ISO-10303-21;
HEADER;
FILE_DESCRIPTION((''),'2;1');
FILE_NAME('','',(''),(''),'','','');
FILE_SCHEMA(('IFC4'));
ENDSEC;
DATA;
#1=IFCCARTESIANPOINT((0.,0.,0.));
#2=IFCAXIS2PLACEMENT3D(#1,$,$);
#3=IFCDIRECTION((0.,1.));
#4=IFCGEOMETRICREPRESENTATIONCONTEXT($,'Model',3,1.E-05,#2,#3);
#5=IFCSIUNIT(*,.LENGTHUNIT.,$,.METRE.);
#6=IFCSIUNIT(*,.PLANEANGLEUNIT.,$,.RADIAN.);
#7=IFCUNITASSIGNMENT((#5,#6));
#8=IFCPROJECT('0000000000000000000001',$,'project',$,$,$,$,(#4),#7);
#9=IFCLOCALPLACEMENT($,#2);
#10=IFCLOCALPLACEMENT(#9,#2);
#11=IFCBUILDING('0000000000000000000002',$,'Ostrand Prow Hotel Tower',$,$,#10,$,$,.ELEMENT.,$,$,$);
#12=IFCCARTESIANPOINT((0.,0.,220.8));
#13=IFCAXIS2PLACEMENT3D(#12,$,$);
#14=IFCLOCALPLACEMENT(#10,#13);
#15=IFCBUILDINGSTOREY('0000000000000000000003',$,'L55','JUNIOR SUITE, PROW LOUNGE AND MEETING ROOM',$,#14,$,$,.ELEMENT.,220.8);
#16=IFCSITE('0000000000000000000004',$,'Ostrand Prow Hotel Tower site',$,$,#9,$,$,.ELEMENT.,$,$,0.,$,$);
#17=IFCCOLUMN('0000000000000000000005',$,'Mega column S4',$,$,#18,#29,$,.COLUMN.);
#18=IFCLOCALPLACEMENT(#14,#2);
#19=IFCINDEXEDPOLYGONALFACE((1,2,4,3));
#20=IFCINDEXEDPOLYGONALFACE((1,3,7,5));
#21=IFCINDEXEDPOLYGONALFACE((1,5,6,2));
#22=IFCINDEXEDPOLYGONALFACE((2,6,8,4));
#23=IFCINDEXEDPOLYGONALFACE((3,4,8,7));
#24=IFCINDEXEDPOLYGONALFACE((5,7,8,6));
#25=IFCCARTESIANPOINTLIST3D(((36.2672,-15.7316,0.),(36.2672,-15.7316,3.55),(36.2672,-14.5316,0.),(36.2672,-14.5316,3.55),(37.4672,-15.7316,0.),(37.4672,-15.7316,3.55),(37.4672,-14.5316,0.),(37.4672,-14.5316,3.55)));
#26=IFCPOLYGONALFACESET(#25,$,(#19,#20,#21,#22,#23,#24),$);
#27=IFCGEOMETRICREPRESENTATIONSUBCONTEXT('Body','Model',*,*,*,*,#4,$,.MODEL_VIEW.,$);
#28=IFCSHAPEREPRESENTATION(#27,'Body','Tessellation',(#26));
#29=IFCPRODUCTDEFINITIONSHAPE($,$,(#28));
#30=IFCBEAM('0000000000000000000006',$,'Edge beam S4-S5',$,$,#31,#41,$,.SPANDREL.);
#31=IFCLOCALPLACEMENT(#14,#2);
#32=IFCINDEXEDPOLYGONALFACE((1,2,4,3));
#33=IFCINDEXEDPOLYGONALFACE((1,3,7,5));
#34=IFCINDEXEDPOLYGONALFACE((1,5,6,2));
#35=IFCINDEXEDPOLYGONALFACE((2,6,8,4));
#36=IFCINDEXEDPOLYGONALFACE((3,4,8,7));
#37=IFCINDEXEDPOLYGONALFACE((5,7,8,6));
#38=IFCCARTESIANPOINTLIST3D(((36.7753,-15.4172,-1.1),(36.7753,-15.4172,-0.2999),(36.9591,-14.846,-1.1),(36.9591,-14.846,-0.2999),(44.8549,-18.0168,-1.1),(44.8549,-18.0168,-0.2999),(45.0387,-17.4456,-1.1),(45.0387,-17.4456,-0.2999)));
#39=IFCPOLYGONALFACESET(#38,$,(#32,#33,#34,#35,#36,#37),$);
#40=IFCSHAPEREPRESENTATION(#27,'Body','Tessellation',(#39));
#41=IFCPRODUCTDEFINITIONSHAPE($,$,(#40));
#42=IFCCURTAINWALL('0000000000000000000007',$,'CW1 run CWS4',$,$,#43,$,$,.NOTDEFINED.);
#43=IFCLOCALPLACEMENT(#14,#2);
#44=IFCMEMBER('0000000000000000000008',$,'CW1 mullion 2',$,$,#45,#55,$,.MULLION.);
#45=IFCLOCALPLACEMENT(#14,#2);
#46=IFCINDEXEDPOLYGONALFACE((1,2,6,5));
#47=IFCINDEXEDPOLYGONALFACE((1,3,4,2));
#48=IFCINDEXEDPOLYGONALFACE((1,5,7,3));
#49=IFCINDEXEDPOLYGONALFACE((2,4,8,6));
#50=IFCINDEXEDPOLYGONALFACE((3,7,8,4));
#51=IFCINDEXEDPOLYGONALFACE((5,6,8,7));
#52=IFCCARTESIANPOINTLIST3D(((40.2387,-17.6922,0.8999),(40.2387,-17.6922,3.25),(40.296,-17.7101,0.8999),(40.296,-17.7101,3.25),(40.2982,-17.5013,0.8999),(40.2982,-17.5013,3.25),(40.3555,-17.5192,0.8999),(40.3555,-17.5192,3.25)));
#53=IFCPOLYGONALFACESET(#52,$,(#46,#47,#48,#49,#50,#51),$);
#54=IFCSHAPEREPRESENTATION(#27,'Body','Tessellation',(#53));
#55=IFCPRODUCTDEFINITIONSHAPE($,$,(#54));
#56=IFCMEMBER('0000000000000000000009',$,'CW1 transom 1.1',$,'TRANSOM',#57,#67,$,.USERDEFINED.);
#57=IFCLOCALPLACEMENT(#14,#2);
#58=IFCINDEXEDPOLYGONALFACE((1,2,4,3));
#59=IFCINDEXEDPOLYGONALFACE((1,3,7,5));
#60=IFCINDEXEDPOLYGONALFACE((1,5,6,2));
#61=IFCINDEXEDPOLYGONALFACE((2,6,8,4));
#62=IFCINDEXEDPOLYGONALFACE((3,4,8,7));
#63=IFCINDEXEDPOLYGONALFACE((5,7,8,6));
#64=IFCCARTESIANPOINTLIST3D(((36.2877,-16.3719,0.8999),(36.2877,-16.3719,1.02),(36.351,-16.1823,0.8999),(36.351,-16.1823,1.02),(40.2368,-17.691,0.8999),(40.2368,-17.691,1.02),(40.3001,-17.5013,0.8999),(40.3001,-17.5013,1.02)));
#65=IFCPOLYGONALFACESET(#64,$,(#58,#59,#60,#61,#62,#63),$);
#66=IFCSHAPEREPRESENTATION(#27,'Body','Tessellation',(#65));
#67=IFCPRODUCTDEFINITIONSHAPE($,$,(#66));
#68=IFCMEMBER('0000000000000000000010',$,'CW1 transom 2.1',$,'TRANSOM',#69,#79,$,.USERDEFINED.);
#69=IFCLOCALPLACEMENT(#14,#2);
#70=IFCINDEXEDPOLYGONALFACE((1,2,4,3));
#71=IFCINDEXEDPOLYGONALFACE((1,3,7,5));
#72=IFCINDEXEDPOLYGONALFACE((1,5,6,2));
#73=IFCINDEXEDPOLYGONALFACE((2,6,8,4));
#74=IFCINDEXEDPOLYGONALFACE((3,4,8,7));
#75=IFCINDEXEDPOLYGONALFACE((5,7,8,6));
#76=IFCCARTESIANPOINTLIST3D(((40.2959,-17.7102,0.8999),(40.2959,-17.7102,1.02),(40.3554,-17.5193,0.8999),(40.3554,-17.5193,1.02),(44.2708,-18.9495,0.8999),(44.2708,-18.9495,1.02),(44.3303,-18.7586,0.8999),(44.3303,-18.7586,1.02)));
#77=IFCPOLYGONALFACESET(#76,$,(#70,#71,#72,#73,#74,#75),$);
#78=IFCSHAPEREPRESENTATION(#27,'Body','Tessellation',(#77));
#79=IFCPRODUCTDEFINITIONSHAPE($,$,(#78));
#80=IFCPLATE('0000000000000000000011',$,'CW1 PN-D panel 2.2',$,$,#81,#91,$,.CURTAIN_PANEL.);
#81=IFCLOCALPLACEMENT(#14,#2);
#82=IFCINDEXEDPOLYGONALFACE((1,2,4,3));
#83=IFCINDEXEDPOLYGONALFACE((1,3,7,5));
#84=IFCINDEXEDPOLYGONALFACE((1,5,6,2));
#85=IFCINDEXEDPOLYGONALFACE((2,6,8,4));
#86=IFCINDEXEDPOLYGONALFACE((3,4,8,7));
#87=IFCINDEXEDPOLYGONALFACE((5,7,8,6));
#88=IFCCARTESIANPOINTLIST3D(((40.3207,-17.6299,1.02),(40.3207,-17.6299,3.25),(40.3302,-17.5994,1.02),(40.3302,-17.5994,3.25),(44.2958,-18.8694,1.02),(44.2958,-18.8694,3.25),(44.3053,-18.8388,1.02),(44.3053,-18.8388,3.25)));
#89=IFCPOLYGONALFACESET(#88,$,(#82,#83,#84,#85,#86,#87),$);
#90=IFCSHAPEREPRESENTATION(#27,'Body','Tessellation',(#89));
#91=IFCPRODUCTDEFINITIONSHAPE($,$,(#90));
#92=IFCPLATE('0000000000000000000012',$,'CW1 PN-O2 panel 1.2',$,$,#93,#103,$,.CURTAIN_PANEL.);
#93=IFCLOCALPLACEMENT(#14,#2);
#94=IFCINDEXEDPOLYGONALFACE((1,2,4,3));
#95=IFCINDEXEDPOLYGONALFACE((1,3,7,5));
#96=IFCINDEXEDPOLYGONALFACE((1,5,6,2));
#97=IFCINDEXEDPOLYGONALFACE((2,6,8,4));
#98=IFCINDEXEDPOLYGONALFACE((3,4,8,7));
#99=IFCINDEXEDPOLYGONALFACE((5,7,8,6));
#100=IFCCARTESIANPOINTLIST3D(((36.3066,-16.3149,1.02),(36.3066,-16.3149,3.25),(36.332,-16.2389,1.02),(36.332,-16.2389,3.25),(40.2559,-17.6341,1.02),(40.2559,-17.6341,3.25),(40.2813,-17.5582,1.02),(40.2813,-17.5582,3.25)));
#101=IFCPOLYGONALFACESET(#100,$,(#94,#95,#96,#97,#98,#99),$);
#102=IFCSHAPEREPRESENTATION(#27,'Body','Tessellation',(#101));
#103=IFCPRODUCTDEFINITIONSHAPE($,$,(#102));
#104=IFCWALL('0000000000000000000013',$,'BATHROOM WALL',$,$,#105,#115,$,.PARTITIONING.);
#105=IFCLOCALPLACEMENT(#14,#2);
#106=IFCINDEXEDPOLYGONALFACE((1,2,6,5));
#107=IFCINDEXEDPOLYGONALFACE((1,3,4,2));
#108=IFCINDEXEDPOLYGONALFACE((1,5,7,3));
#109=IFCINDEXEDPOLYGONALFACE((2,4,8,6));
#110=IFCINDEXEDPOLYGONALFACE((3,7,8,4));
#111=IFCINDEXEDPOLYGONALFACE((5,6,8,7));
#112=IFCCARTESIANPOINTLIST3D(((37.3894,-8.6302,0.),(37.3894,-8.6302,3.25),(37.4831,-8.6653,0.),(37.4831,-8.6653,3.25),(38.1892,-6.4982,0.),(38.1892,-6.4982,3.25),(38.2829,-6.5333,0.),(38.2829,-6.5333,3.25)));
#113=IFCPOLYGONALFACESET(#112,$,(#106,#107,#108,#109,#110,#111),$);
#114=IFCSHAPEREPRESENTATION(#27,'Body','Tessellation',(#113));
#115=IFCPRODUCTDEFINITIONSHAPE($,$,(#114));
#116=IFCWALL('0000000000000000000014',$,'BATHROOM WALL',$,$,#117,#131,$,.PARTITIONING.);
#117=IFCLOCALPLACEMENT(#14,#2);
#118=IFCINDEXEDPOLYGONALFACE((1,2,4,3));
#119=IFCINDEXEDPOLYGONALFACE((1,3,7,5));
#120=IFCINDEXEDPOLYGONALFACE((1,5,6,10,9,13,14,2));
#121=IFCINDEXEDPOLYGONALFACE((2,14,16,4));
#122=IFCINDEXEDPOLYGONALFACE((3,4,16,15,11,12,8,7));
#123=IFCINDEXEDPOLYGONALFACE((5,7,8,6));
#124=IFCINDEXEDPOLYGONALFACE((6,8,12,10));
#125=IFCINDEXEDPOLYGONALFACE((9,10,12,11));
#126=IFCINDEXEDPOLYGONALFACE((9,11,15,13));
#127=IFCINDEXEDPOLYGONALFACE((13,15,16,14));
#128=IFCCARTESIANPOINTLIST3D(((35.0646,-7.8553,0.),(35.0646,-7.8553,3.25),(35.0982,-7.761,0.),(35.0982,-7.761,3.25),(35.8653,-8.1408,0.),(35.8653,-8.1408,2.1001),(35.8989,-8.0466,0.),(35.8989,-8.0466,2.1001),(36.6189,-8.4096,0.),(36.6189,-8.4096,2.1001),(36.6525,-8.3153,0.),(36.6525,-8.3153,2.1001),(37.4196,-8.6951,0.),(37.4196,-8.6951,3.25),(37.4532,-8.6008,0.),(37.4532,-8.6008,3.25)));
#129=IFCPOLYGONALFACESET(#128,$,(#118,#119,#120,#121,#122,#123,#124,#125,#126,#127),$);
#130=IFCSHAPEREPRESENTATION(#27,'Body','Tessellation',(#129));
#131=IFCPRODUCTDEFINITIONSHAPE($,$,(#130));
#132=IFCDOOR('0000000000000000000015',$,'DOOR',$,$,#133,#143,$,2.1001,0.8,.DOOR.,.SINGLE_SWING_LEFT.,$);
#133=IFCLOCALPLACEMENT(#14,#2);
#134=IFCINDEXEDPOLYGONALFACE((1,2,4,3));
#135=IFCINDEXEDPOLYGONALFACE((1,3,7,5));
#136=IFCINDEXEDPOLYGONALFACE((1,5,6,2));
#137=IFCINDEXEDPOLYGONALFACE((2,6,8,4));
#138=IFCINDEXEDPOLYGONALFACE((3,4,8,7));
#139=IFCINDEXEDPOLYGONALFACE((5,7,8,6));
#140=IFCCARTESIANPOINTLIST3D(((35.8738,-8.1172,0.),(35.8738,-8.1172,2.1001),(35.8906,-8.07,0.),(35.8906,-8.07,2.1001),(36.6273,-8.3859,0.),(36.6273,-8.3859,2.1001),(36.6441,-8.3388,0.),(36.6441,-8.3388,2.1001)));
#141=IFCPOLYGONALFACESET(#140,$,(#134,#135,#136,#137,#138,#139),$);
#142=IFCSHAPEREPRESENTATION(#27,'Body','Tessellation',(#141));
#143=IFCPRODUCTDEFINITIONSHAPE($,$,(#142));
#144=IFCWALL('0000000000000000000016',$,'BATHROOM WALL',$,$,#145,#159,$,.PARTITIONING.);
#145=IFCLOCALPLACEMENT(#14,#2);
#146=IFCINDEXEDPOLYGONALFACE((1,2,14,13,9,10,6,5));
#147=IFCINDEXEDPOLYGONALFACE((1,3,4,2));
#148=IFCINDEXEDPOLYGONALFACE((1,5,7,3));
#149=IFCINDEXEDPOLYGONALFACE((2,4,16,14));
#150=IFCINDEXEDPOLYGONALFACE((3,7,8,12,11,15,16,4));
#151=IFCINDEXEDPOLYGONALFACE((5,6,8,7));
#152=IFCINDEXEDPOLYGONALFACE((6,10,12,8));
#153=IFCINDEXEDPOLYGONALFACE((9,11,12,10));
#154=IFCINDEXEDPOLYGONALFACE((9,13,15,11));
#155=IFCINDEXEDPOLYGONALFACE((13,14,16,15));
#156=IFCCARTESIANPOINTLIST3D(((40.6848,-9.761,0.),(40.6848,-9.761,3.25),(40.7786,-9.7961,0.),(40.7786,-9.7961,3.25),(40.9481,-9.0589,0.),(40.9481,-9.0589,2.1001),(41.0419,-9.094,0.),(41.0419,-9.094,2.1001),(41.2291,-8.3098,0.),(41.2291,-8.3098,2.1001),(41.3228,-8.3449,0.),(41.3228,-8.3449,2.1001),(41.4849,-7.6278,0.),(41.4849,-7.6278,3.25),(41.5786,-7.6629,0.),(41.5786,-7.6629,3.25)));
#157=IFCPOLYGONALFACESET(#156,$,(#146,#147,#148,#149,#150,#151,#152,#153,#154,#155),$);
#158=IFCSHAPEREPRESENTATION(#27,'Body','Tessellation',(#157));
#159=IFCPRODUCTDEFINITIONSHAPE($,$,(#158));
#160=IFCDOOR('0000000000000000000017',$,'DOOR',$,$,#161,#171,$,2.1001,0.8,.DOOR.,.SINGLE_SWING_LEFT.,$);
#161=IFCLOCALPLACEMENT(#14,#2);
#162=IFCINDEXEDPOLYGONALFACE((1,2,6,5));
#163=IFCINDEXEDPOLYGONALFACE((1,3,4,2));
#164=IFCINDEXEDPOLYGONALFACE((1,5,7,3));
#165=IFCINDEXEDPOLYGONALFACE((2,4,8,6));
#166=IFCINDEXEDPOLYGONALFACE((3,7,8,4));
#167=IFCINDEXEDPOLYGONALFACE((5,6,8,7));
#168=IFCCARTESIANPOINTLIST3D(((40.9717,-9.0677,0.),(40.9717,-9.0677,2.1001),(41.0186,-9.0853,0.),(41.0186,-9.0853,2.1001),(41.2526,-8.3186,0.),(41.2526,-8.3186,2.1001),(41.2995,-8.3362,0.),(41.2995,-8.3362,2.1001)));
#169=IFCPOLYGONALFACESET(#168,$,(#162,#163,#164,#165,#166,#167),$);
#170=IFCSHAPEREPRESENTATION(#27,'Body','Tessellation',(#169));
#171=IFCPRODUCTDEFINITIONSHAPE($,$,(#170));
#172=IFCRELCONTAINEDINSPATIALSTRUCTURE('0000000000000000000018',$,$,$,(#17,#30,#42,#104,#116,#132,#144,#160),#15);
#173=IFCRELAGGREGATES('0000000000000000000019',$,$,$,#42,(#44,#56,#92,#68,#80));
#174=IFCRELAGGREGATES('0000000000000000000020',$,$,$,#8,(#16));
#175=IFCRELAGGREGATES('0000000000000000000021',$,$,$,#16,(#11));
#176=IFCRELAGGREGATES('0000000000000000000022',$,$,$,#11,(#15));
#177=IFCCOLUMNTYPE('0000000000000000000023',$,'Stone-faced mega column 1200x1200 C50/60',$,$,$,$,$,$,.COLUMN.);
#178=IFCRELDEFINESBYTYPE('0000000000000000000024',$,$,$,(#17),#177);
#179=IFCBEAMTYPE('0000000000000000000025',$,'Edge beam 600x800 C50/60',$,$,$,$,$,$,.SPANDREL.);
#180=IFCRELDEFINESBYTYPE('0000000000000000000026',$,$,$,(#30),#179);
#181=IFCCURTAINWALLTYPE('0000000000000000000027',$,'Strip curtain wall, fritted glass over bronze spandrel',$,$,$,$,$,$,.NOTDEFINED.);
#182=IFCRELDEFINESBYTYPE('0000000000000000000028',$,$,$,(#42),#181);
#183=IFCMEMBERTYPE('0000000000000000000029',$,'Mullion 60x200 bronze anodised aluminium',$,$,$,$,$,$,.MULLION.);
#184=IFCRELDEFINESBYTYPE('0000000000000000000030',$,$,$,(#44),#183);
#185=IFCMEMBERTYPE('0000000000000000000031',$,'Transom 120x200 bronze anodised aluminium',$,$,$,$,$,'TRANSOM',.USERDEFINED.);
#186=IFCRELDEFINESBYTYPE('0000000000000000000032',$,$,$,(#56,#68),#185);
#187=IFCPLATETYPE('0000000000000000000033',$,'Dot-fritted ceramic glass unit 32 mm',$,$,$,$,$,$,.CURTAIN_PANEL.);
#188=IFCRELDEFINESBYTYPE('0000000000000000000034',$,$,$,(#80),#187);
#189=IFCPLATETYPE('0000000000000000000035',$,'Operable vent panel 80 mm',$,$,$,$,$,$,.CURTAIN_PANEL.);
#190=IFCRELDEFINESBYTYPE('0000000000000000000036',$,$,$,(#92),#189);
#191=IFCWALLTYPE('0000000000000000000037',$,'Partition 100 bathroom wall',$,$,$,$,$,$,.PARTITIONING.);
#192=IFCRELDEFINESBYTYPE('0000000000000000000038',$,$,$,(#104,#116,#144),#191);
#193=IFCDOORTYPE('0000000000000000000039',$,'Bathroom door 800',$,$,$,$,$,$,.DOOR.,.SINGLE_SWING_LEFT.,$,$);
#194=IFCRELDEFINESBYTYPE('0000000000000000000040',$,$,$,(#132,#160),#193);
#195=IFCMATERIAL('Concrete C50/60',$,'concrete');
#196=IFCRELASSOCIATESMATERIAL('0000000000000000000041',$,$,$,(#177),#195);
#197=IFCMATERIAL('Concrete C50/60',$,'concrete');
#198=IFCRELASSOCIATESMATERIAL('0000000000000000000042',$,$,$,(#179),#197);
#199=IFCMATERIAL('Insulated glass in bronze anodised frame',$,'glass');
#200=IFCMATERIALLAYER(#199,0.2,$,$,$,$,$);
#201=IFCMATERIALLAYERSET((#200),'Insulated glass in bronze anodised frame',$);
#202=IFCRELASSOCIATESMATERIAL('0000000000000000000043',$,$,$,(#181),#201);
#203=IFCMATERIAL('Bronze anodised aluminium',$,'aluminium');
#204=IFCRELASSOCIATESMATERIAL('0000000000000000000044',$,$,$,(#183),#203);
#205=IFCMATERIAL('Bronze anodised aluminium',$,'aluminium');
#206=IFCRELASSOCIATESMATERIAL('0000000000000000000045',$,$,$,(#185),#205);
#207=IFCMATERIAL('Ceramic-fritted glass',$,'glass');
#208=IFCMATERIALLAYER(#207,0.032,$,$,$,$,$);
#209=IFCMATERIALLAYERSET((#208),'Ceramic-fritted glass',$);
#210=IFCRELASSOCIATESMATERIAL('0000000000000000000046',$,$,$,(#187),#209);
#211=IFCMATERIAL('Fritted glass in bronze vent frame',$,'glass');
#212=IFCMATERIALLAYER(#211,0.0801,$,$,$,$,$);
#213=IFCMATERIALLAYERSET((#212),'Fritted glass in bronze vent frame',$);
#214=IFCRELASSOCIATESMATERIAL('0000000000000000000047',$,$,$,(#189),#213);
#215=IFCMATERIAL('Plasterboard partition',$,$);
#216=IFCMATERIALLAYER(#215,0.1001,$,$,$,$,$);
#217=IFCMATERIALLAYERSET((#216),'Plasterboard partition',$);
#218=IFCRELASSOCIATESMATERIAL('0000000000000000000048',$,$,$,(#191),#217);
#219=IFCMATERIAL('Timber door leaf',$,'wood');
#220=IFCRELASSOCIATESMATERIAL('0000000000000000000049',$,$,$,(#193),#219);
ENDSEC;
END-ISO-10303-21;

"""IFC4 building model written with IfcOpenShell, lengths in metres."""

from ifc_helpers import new_model, si_unit, direction, frame, frame_2d, origin, origin_2d, place, context, subcontext, project, spatial, rectangle, extrude, material, layer, layer_set, material_profile, profile_set, type_object, element, fill, aggregate, save


model = new_model("IFC4")

# Units and contexts
model_context = context("Model", 3, precision=1e-05, world=origin(), true_north=direction((0.0, 1.0)))
body_context = subcontext(model_context, "Body", "Model", "MODEL_VIEW")
ifc_project = project(units=[si_unit("LENGTHUNIT", "METRE"), si_unit("PLANEANGLEUNIT", "RADIAN")], contexts=[model_context])

# Site, building, storey
site_placement = place(None, origin())
site = spatial("IfcSite", under=ifc_project, at=site_placement, Name="Ostrand Prow Hotel Tower site", CompositionType="ELEMENT", RefElevation=0.0)
building_placement = place(site_placement, origin())
building = spatial("IfcBuilding", under=site, at=building_placement, Name="Ostrand Prow Hotel Tower", CompositionType="ELEMENT")
storey_placement = place(building_placement, frame((0.0, 0.0, 220.8)))
storey = spatial("IfcBuildingStorey", under=building, at=storey_placement, Name="L55", Description="JUNIOR SUITE, PROW LOUNGE AND MEETING ROOM", CompositionType="ELEMENT", Elevation=220.8)

# Column
ifc_material_1 = material(Name="Concrete C50/60", Category="concrete")
ifc_material_profile_1 = material_profile(ifc_material_1, rectangle(XDim=1.2, YDim=1.2, at=origin_2d()), Name="RC 1200x1200")
ifc_profile_set_1 = profile_set([ifc_material_profile_1], Name="Concrete C50/60")
column_type = type_object("IfcColumnType", Name="Stone-faced mega column 1200x1200 C50/60", PredefinedType="COLUMN", material=ifc_profile_set_1)
column_placement = place(storey_placement, frame((36.8672, -15.1316, 0.0), z_axis=(0.0, 0.0, 1.0), x_axis=(1.0, 0.0, 0.0)))
element("IfcColumn", 1, at=column_placement, inside=storey, type_object=column_type, Name="Mega column S4", PredefinedType="COLUMN", context=body_context, shape_type="SweptSolid", body=[
    extrude(rectangle(XDim=1.2, YDim=1.2, at=origin_2d()), origin(), (0.0, 0.0, 1.0), 3.55),
])

# Beam
ifc_material_2 = material(Name="Concrete C50/60", Category="concrete")
ifc_material_profile_2 = material_profile(ifc_material_2, rectangle(XDim=0.6001, YDim=0.8, at=origin_2d()), Name="RC 600x800")
ifc_profile_set_2 = profile_set([ifc_material_profile_2], Name="Concrete C50/60")
beam_type = type_object("IfcBeamType", Name="Edge beam 600x800 C50/60", PredefinedType="SPANDREL", material=ifc_profile_set_2)
beam_placement = place(storey_placement, frame((36.8672, -15.1316, -0.7), z_axis=(0.951939, -0.306287, 0.0), x_axis=(0.306287, 0.951939, 0.0)))
element("IfcBeam", 2, at=beam_placement, inside=storey, type_object=beam_type, Name="Edge beam S4-S5", PredefinedType="SPANDREL", context=body_context, shape_type="SweptSolid", body=[
    extrude(rectangle(XDim=0.6001, YDim=0.8, at=origin_2d()), origin(), (0.0, 0.0, 1.0), 8.4875),
])

# Curtain wall, members, plates
ifc_material_3 = material(Name="Insulated glass in bronze anodised frame", Category="glass")
ifc_layer_1 = layer(ifc_material_3, 0.2)
ifc_layer_set_1 = layer_set([ifc_layer_1], Name="Insulated glass in bronze anodised frame")
curtain_wall_type = type_object("IfcCurtainWallType", Name="Strip curtain wall, fritted glass over bronze spandrel", PredefinedType="NOTDEFINED", material=ifc_layer_set_1)
curtain_wall_placement = place(storey_placement, origin())
curtain_wall = element("IfcCurtainWall", 3, at=curtain_wall_placement, inside=storey, type_object=curtain_wall_type, Name="CW1 run CWS4", PredefinedType="NOTDEFINED")
ifc_material_4 = material(Name="Bronze anodised aluminium", Category="aluminium")
ifc_material_profile_3 = material_profile(ifc_material_4, rectangle(XDim=0.2, YDim=0.0601, at=origin_2d()), Name="Mullion 60x200 bronze anodised aluminium")
ifc_profile_set_3 = profile_set([ifc_material_profile_3], Name="Bronze anodised aluminium")
member_type_1 = type_object("IfcMemberType", Name="Mullion 60x200 bronze anodised aluminium", PredefinedType="MULLION", material=ifc_profile_set_3)
member_1_placement = place(storey_placement, frame((40.2971, -17.6057, 0.8999), z_axis=(0.0, 0.0, 1.0), x_axis=(0.297678, 0.954666, 0.0)))
member_1 = element("IfcMember", 4, at=member_1_placement, type_object=member_type_1, Name="CW1 mullion 2", PredefinedType="MULLION", context=body_context, shape_type="SweptSolid", body=[
    extrude(rectangle(XDim=0.2, YDim=0.0601, at=origin_2d()), origin(), (0.0, 0.0, 1.0), 2.3501),
])
ifc_material_5 = material(Name="Bronze anodised aluminium", Category="aluminium")
ifc_material_profile_4 = material_profile(ifc_material_5, rectangle(XDim=0.2, YDim=0.1201, at=origin_2d()), Name="Transom 120x200 bronze anodised aluminium")
ifc_profile_set_4 = profile_set([ifc_material_profile_4], Name="Bronze anodised aluminium")
member_type_2 = type_object("IfcMemberType", Name="Transom 120x200 bronze anodised aluminium", ElementType="TRANSOM", PredefinedType="USERDEFINED", material=ifc_profile_set_4)
member_2_placement = place(storey_placement, frame((36.3193, -16.2771, 0.96), z_axis=(0.94849, -0.316808, 0.0), x_axis=(0.316808, 0.94849, 0.0)))
member_2 = element("IfcMember", 5, at=member_2_placement, type_object=member_type_2, Name="CW1 transom 1.1", ObjectType="TRANSOM", PredefinedType="USERDEFINED", context=body_context, shape_type="SweptSolid", body=[
    extrude(rectangle(XDim=0.2, YDim=0.1201, at=origin_2d()), origin(), (0.0, 0.0, 1.0), 4.1636),
])
member_3_placement = place(storey_placement, frame((40.3257, -17.6147, 0.96), z_axis=(0.954677, -0.297644, 0.0), x_axis=(0.297644, 0.954677, 0.0)))
member_3 = element("IfcMember", 6, at=member_3_placement, type_object=member_type_2, Name="CW1 transom 2.1", ObjectType="TRANSOM", PredefinedType="USERDEFINED", context=body_context, shape_type="SweptSolid", body=[
    extrude(rectangle(XDim=0.2, YDim=0.1201, at=origin_2d()), origin(), (0.0, 0.0, 1.0), 4.1636),
])
ifc_material_6 = material(Name="Ceramic-fritted glass", Category="glass")
ifc_layer_2 = layer(ifc_material_6, 0.032)
ifc_layer_set_2 = layer_set([ifc_layer_2], Name="Ceramic-fritted glass")
plate_type_1 = type_object("IfcPlateType", Name="Dot-fritted ceramic glass unit 32 mm", PredefinedType="CURTAIN_PANEL", material=ifc_layer_set_2)
plate_1_placement = place(storey_placement, frame((42.313, -18.2344, 1.02), z_axis=(0.0, 0.0, 1.0), x_axis=(0.954666, -0.297678, 0.0)))
plate_1 = element("IfcPlate", 7, at=plate_1_placement, type_object=plate_type_1, Name="CW1 PN-D panel 2.2", PredefinedType="CURTAIN_PANEL", context=body_context, shape_type="SweptSolid", body=[
    extrude(rectangle(XDim=4.1638, YDim=0.032, at=origin_2d()), origin(), (0.0, 0.0, 1.0), 2.23),
])
ifc_material_7 = material(Name="Fritted glass in bronze vent frame", Category="glass")
ifc_layer_3 = layer(ifc_material_7, 0.0801)
ifc_layer_set_3 = layer_set([ifc_layer_3], Name="Fritted glass in bronze vent frame")
plate_type_2 = type_object("IfcPlateType", Name="Operable vent panel 80 mm", PredefinedType="CURTAIN_PANEL", material=ifc_layer_set_3)
plate_2_placement = place(storey_placement, frame((38.2939, -16.9365, 1.02), z_axis=(0.0, 0.0, 1.0), x_axis=(0.948479, -0.316841, 0.0)))
plate_2 = element("IfcPlate", 8, at=plate_2_placement, type_object=plate_type_2, Name="CW1 PN-O2 panel 1.2", PredefinedType="CURTAIN_PANEL", context=body_context, shape_type="SweptSolid", body=[
    extrude(rectangle(XDim=4.1638, YDim=0.0801, at=origin_2d()), origin(), (0.0, 0.0, 1.0), 2.23),
])
aggregate(curtain_wall, [member_1, member_2, plate_2, member_3, plate_1])

# Wall
ifc_material_8 = material(Name="Plasterboard partition")
ifc_layer_4 = layer(ifc_material_8, 0.1001)
ifc_layer_set_4 = layer_set([ifc_layer_4], Name="Plasterboard partition")
wall_type_1 = type_object("IfcWallType", Name="Partition 100 bathroom wall", PredefinedType="PARTITIONING", material=ifc_layer_set_4)
wall_1_placement = place(storey_placement, frame((38.2361, -6.5156, 0.0), z_axis=(0.0, 0.0, 1.0), x_axis=(-0.351229, -0.93629, 0.0)))
element("IfcWall", 9, at=wall_1_placement, inside=storey, type_object=wall_type_1, Name="BATHROOM WALL", PredefinedType="PARTITIONING", context=body_context, shape_type="SweptSolid", body=[
    extrude(rectangle(XDim=2.2771, YDim=0.1001, at=frame_2d((1.1387, 0.0))), origin(), (0.0, 0.0, 1.0), 3.25),
])

# Walls, openings, doors
wall_2_placement = place(storey_placement, frame((37.4363, -8.6479, 0.0), z_axis=(0.0, 0.0, 1.0), x_axis=(-0.941896, 0.335903, 0.0)))
wall_2 = element("IfcWall", 10, at=wall_2_placement, inside=storey, type_object=wall_type_1, Name="BATHROOM WALL", PredefinedType="PARTITIONING", context=body_context, shape_type="SweptSolid", body=[
    extrude(rectangle(XDim=2.5002, YDim=0.1001, at=frame_2d((1.25, 0.0))), origin(), (0.0, 0.0, 1.0), 3.25),
])
opening_1_placement = place(wall_2_placement, frame((0.8501, 0.0, 0.0)))
opening_1 = element("IfcOpeningElement", 11, at=opening_1_placement, cuts=wall_2, PredefinedType="OPENING", context=body_context, shape_type="SweptSolid", body=[
    extrude(rectangle(XDim=0.8, YDim=2.1001, at=frame_2d((0.3999, 1.05))), frame((0.0, 0.0601, 0.0), z_axis=(0.0, -1.0, 0.0), x_axis=(1.0, 0.0, 0.0)), (0.0, 0.0, 1.0), 0.1201),
])
ifc_material_9 = material(Name="Timber door leaf", Category="wood")
door_type_1 = type_object("IfcDoorType", Name="Bathroom door 800", OperationType="SINGLE_SWING_LEFT", PredefinedType="DOOR", material=ifc_material_9)
door_1_placement = place(opening_1_placement, origin())
door_1 = element("IfcDoor", 12, at=door_1_placement, inside=storey, type_object=door_type_1, Name="DOOR", OperationType="SINGLE_SWING_LEFT", OverallHeight=2.1001, OverallWidth=0.8, PredefinedType="DOOR", context=body_context, shape_type="SweptSolid", body=[
    extrude(rectangle(XDim=0.8, YDim=2.1001, at=frame_2d((0.3999, 1.05))), frame((0.0, 0.0249, 0.0), z_axis=(0.0, -1.0, 0.0), x_axis=(1.0, 0.0, 0.0)), (0.0, 0.0, 1.0), 0.05),
])
fill(opening_1, door_1)
wall_3_placement = place(storey_placement, frame((40.7317, -9.7786, 0.0), z_axis=(0.0, 0.0, 1.0), x_axis=(0.351147, 0.93632, 0.0)))
wall_3 = element("IfcWall", 13, at=wall_3_placement, inside=storey, type_object=wall_type_1, Name="BATHROOM WALL", PredefinedType="PARTITIONING", context=body_context, shape_type="SweptSolid", body=[
    extrude(rectangle(XDim=2.2783, YDim=0.1001, at=frame_2d((1.1392, 0.0))), origin(), (0.0, 0.0, 1.0), 3.25),
])
opening_2_placement = place(wall_3_placement, frame((0.75, 0.0, 0.0)))
opening_2 = element("IfcOpeningElement", 14, at=opening_2_placement, cuts=wall_3, PredefinedType="OPENING", context=body_context, shape_type="SweptSolid", body=[
    extrude(rectangle(XDim=0.8, YDim=2.1001, at=frame_2d((0.3999, 1.05))), frame((0.0, 0.0601, 0.0), z_axis=(0.0, -1.0, 0.0), x_axis=(1.0, 0.0, 0.0)), (0.0, 0.0, 1.0), 0.1201),
])
door_2_placement = place(opening_2_placement, origin())
door_2 = element("IfcDoor", 15, at=door_2_placement, inside=storey, type_object=door_type_1, Name="DOOR", OperationType="SINGLE_SWING_LEFT", OverallHeight=2.1001, OverallWidth=0.8, PredefinedType="DOOR", context=body_context, shape_type="SweptSolid", body=[
    extrude(rectangle(XDim=0.8, YDim=2.1001, at=frame_2d((0.3999, 1.05))), frame((0.0, 0.0249, 0.0), z_axis=(0.0, -1.0, 0.0), x_axis=(1.0, 0.0, 0.0)), (0.0, 0.0, 1.0), 0.05),
])
fill(opening_2, door_2)

save(model, "model.ifc")
